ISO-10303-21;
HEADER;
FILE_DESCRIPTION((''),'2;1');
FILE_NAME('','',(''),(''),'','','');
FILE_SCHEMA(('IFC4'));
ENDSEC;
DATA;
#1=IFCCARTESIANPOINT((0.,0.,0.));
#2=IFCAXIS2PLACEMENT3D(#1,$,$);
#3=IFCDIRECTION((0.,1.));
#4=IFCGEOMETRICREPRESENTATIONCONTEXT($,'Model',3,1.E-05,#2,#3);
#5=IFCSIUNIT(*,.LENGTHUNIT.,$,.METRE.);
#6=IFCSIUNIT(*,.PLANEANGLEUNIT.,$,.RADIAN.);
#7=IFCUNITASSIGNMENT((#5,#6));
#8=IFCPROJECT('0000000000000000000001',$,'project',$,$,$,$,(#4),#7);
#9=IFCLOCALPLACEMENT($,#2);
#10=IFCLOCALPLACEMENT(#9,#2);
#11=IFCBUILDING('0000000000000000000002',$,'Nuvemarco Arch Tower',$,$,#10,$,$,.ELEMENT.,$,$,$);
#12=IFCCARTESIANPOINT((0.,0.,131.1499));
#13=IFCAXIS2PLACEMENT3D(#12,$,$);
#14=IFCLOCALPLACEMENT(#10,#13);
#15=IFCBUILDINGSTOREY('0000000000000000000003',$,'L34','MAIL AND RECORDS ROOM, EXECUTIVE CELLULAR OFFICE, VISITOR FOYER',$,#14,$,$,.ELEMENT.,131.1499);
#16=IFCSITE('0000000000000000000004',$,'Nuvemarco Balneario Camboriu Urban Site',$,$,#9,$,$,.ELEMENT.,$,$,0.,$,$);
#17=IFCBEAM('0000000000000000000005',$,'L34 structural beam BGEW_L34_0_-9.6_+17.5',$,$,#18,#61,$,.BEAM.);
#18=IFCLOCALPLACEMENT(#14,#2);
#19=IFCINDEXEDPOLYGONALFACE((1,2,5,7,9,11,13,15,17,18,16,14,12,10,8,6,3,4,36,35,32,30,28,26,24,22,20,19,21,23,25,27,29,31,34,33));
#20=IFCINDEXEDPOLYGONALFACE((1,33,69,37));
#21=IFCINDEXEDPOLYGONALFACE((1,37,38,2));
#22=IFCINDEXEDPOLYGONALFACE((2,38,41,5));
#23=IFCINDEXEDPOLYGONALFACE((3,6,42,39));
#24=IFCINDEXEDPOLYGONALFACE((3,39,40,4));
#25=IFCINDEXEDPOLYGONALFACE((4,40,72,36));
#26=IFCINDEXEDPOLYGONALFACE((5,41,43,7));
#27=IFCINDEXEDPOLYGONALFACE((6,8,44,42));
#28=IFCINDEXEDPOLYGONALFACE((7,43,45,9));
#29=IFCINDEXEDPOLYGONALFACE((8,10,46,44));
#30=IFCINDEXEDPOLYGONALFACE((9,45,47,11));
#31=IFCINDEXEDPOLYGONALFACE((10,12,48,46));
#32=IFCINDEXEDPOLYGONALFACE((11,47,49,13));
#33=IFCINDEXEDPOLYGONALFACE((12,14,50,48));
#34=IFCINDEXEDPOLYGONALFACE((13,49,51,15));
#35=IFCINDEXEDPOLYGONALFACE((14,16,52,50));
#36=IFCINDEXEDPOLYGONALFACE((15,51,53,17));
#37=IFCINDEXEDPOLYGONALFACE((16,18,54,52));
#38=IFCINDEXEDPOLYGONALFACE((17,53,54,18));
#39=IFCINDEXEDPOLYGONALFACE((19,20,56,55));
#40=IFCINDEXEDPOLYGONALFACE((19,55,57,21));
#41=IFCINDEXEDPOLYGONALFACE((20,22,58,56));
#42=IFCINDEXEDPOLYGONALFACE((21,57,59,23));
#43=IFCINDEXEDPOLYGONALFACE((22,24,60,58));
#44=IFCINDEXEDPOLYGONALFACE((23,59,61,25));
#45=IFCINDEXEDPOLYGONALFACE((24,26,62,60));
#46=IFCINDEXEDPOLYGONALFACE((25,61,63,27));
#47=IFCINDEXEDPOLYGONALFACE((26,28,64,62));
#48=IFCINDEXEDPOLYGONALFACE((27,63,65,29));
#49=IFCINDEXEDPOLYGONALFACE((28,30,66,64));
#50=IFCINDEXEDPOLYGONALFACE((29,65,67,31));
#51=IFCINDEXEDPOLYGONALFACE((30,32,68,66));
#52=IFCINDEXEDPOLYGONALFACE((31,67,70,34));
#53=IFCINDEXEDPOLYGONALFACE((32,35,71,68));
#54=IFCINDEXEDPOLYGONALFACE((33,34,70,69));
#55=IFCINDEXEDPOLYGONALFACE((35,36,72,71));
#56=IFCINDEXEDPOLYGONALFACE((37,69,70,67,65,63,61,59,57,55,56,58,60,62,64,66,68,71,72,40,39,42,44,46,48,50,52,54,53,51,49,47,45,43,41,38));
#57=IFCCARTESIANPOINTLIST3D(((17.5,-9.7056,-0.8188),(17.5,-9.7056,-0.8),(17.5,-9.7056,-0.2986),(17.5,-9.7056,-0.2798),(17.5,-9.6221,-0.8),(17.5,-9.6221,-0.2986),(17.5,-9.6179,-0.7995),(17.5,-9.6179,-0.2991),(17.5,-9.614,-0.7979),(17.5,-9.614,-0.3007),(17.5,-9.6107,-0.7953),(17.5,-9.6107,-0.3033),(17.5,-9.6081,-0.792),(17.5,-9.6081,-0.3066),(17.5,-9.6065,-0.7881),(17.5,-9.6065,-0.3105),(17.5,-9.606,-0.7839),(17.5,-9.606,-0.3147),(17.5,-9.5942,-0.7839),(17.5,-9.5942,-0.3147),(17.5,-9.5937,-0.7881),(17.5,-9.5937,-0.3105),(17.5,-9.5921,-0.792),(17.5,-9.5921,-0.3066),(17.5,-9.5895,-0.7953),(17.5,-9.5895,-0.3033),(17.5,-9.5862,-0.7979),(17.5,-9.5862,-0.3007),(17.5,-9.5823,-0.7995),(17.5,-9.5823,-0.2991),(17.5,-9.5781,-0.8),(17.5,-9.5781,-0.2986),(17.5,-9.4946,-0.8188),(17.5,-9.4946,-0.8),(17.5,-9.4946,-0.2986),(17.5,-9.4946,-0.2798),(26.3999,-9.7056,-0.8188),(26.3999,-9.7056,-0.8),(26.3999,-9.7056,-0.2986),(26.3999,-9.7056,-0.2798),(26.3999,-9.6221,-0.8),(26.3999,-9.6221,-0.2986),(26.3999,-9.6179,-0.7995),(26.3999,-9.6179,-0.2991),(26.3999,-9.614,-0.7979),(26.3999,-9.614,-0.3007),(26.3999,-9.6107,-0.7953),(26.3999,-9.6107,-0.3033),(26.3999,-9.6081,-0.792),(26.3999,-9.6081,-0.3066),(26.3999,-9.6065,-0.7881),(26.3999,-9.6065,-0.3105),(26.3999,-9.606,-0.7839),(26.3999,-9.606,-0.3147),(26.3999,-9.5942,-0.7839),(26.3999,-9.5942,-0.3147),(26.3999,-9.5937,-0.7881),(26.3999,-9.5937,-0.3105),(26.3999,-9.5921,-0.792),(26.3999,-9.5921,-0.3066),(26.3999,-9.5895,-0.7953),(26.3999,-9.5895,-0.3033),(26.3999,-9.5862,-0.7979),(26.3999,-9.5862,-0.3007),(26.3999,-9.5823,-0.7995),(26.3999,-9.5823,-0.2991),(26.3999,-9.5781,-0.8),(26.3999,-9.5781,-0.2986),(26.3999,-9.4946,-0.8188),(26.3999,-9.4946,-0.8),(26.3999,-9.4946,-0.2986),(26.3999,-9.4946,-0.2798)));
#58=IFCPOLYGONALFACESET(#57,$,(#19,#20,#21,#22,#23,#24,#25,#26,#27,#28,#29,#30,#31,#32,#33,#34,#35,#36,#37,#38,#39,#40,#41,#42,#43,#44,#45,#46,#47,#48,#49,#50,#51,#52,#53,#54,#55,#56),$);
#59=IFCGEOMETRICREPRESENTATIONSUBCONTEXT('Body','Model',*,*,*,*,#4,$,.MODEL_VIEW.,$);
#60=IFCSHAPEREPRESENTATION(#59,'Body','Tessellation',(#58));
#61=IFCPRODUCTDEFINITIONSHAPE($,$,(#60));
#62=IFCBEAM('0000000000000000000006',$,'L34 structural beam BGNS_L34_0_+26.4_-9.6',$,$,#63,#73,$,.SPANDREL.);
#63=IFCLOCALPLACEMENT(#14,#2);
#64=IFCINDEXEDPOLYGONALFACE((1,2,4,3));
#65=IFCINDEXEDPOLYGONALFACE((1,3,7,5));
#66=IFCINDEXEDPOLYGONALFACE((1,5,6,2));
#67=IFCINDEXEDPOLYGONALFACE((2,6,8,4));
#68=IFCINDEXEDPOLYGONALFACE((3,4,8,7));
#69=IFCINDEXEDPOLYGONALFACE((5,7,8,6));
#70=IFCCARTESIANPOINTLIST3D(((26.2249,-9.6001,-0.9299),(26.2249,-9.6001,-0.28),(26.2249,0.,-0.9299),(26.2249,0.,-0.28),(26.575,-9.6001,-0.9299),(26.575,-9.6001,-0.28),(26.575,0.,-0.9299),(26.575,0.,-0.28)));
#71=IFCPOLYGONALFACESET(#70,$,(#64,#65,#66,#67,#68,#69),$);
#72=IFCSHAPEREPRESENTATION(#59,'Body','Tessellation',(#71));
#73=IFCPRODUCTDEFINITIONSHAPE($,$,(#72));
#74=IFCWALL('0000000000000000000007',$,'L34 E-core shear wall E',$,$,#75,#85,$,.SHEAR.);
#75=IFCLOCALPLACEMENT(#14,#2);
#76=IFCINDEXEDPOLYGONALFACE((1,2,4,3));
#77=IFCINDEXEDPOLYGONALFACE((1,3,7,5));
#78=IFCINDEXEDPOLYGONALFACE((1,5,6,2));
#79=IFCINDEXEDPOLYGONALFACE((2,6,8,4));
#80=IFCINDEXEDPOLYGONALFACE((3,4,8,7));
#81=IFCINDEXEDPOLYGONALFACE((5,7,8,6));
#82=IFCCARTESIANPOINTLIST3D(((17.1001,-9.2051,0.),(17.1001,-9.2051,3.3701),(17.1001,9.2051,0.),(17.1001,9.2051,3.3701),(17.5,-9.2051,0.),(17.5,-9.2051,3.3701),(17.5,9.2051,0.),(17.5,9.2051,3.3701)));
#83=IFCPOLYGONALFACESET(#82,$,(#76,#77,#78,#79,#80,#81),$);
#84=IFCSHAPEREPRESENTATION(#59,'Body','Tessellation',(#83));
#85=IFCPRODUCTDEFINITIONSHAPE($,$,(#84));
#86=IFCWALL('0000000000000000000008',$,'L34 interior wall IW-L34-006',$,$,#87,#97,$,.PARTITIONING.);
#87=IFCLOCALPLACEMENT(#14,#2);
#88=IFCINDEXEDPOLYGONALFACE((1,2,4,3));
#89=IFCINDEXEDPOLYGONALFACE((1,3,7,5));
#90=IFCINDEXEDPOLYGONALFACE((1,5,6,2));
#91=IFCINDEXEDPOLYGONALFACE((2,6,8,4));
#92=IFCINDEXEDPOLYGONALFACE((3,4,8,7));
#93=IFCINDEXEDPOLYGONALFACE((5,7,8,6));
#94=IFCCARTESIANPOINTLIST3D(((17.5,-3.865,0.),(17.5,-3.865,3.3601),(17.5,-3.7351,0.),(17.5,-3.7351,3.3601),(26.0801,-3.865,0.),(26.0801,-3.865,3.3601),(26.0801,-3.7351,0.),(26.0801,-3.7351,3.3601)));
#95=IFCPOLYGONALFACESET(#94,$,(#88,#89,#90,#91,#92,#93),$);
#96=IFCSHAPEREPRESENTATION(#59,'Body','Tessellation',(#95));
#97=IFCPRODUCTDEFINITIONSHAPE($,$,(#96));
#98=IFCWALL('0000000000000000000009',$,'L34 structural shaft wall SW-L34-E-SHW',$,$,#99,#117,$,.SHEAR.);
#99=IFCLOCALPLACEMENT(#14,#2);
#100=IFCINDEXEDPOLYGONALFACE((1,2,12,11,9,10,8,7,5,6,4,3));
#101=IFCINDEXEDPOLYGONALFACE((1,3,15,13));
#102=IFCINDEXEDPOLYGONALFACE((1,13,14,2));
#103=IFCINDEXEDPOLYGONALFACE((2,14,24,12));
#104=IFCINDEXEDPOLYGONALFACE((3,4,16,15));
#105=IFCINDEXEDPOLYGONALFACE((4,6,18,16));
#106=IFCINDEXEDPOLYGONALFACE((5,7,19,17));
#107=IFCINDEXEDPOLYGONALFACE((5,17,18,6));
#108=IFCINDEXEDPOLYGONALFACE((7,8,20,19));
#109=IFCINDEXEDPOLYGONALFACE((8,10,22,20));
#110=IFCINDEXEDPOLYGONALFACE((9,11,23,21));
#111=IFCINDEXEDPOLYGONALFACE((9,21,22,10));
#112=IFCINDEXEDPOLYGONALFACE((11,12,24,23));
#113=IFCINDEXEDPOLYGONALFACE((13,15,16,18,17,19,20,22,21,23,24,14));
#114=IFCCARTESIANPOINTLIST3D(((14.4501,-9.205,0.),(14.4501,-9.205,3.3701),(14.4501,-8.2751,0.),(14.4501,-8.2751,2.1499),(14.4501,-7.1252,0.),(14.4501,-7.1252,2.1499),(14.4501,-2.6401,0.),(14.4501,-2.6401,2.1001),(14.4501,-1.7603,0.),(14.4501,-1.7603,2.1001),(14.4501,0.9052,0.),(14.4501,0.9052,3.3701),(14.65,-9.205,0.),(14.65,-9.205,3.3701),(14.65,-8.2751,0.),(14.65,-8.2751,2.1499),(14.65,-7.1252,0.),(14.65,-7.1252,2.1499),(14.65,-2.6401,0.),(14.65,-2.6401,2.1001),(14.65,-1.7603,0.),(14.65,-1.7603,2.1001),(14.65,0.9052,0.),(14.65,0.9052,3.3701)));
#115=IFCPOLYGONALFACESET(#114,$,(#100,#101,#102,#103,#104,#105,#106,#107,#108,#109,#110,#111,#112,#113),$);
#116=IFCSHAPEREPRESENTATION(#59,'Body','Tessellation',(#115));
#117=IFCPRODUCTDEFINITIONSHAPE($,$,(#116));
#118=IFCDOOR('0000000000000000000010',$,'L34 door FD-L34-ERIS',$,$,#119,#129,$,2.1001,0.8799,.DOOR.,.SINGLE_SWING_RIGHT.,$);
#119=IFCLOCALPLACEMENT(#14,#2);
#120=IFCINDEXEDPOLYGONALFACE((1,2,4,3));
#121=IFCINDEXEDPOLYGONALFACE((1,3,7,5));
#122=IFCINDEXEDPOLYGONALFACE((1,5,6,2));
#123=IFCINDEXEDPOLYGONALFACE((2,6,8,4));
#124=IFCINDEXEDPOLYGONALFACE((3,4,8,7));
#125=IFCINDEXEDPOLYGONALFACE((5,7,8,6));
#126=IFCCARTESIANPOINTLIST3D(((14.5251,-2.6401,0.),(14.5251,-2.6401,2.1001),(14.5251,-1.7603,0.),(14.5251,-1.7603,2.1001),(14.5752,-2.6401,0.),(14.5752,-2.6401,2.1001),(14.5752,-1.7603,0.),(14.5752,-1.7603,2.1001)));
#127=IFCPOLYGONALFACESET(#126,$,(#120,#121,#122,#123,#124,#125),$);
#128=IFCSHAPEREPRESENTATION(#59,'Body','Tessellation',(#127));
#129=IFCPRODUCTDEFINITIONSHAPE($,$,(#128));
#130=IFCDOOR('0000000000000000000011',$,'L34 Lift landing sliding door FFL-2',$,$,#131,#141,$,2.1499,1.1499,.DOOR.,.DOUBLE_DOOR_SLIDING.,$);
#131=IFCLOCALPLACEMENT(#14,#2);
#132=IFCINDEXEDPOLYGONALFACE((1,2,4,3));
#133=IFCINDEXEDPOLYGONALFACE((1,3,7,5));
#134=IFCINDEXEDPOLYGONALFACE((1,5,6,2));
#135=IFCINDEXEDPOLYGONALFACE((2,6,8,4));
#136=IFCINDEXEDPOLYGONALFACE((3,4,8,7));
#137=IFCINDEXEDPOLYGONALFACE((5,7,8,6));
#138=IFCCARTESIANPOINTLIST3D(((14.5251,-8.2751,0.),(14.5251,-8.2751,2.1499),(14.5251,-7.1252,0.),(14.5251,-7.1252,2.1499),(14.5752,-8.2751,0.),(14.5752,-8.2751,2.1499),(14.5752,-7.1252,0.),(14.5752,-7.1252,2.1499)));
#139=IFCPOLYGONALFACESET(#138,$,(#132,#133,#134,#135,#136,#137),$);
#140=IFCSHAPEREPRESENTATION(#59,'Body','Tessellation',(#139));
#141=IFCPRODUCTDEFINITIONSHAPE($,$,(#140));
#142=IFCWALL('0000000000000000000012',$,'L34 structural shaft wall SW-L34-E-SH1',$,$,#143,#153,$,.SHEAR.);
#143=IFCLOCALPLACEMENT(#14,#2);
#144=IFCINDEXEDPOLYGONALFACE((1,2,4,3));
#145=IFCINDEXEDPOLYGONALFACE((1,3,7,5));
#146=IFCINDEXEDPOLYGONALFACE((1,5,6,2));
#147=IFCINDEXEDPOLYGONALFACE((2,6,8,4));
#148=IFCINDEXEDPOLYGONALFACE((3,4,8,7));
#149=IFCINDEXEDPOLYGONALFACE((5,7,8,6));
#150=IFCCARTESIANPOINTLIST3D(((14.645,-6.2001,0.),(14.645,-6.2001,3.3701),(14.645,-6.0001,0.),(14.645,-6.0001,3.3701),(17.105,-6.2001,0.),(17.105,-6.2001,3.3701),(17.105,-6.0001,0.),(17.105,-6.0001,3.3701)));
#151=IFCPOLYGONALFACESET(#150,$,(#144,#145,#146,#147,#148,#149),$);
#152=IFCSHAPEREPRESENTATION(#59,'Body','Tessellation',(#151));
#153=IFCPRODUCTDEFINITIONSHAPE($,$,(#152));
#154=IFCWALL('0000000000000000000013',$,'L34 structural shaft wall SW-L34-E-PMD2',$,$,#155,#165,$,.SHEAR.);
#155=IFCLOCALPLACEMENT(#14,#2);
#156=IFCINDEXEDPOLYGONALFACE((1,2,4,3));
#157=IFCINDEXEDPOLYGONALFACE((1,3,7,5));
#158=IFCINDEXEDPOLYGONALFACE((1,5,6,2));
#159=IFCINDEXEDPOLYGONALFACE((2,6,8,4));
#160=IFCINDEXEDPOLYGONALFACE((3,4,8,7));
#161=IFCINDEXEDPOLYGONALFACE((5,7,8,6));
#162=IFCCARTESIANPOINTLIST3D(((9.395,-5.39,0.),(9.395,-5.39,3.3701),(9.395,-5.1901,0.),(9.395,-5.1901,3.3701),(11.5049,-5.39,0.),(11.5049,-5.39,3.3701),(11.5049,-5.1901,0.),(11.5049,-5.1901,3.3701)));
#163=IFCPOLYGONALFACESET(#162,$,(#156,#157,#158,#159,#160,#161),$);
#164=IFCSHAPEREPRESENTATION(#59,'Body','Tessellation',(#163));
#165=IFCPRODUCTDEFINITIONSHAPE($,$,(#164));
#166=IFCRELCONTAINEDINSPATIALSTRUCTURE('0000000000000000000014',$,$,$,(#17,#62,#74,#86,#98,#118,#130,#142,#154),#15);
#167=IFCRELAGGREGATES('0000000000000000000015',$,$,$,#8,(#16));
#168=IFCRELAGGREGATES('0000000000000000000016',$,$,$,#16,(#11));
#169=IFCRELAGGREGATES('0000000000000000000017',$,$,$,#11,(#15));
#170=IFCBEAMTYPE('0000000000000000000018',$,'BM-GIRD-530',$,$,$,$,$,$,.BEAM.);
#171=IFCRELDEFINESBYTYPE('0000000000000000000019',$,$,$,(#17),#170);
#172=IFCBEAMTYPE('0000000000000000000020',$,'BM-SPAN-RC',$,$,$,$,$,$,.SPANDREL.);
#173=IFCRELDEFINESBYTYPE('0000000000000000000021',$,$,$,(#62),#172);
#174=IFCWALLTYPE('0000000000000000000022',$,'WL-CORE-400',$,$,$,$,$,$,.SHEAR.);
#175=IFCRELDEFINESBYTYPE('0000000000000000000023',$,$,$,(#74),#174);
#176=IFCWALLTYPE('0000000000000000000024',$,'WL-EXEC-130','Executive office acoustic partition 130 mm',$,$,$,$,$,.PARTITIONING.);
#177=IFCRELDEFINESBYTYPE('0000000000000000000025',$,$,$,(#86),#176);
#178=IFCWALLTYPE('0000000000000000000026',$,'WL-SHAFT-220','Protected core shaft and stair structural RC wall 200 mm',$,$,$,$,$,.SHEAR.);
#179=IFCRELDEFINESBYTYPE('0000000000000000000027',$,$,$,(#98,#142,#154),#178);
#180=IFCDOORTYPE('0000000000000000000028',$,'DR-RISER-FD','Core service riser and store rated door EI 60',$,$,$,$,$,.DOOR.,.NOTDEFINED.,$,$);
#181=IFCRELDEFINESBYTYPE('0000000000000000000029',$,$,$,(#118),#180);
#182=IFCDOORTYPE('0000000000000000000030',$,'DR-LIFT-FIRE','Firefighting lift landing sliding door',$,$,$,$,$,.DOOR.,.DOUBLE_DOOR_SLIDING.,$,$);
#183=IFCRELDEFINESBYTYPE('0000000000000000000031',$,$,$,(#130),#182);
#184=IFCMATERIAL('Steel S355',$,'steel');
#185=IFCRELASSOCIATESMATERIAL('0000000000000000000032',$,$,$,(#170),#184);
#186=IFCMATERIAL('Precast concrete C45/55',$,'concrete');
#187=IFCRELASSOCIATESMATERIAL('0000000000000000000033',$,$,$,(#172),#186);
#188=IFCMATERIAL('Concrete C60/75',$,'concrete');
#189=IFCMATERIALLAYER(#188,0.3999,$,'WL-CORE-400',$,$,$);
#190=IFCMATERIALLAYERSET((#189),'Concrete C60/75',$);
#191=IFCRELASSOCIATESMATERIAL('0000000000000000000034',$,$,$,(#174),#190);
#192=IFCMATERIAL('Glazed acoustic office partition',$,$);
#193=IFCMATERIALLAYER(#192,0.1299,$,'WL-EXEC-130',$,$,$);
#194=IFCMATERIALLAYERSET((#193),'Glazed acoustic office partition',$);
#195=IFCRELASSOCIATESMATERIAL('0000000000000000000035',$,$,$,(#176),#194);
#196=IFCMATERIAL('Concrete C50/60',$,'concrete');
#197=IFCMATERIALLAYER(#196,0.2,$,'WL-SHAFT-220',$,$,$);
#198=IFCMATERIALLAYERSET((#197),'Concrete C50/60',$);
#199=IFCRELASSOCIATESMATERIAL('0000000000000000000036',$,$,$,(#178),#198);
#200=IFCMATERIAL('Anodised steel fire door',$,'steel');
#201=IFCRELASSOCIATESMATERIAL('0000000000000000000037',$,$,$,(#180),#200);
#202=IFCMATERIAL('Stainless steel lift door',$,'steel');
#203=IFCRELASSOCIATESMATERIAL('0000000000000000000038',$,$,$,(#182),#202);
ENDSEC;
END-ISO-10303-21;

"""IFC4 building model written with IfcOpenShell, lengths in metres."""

from ifc_helpers import new_model, si_unit, direction, frame, frame_2d, origin, origin_2d, place, context, subcontext, project, spatial, rectangle, i_section, extrude, source, transform, mapped, material, layer, layer_set, material_profile, profile_set, type_object, type_shapes, element, fill, save


model = new_model("IFC4")

# Units and contexts
model_context = context("Model", 3, precision=1e-05, world=origin(), true_north=direction((0.0, 1.0)))
body_context = subcontext(model_context, "Body", "Model", "MODEL_VIEW")
ifc_project = project(units=[si_unit("LENGTHUNIT", "METRE"), si_unit("PLANEANGLEUNIT", "RADIAN")], contexts=[model_context])

# Site, building, storey
site_placement = place(None, origin())
site = spatial("IfcSite", under=ifc_project, at=site_placement, Name="Nuvemarco Balneario Camboriu Urban Site", CompositionType="ELEMENT", RefElevation=0.0)
building_placement = place(site_placement, origin())
building = spatial("IfcBuilding", under=site, at=building_placement, Name="Nuvemarco Arch Tower", CompositionType="ELEMENT")
storey_placement = place(building_placement, frame((0.0, 0.0, 131.1499)))
storey = spatial("IfcBuildingStorey", under=building, at=storey_placement, Name="L34", Description="MAIL AND RECORDS ROOM, EXECUTIVE CELLULAR OFFICE, VISITOR FOYER", CompositionType="ELEMENT", Elevation=131.1499)

# Shared definitions
ifc_material_1 = material(Name="Concrete C50/60", Category="concrete")
ifc_material_2 = material(Name="Steel S355", Category="steel")

# Beams
ifc_material_profile_1 = material_profile(ifc_material_2, i_section(OverallWidth=0.2109, OverallDepth=0.5391, WebThickness=0.0117, FlangeThickness=0.0188, FilletRadius=0.0161, at=origin_2d()), Name="W530x109")
ifc_profile_set_1 = profile_set([ifc_material_profile_1], Name="Steel S355")
beam_type_1 = type_object("IfcBeamType", Name="BM-GIRD-530", PredefinedType="BEAM", material=ifc_profile_set_1)
beam_1_placement = place(storey_placement, frame((17.5, -9.6001, -0.5493), z_axis=(1.0, 0.0, 0.0), x_axis=(0.0, 1.0, 0.0)))
element("IfcBeam", 1, at=beam_1_placement, inside=storey, type_object=beam_type_1, Name="L34 structural beam BGEW_L34_0_-9.6_+17.5", PredefinedType="BEAM", context=body_context, shape_type="SweptSolid", body=[
    extrude(i_section(OverallWidth=0.2109, OverallDepth=0.5391, WebThickness=0.0117, FlangeThickness=0.0188, FilletRadius=0.0161, at=origin_2d()), origin(), (0.0, 0.0, 1.0), 8.8999),
])
ifc_material_3 = material(Name="Precast concrete C45/55", Category="concrete")
ifc_material_profile_2 = material_profile(ifc_material_3, rectangle(XDim=0.3501, YDim=0.6499, at=origin_2d()), Name="PC-SP-350x650")
ifc_profile_set_2 = profile_set([ifc_material_profile_2], Name="Precast concrete C45/55")
beam_type_2 = type_object("IfcBeamType", Name="BM-SPAN-RC", PredefinedType="SPANDREL", material=ifc_profile_set_2)
beam_2_placement = place(storey_placement, frame((26.3999, -9.6001, -0.605), z_axis=(0.0, 1.0, 0.0), x_axis=(-1.0, 0.0, 0.0)))
element("IfcBeam", 2, at=beam_2_placement, inside=storey, type_object=beam_type_2, Name="L34 structural beam BGNS_L34_0_+26.4_-9.6", PredefinedType="SPANDREL", context=body_context, shape_type="SweptSolid", body=[
    extrude(rectangle(XDim=0.3501, YDim=0.6499, at=origin_2d()), origin(), (0.0, 0.0, 1.0), 9.6001),
])

# Walls
ifc_material_4 = material(Name="Concrete C60/75", Category="concrete")
ifc_layer_1 = layer(ifc_material_4, 0.3999, Name="WL-CORE-400")
ifc_layer_set_1 = layer_set([ifc_layer_1], Name="Concrete C60/75")
wall_type_1 = type_object("IfcWallType", Name="WL-CORE-400", PredefinedType="SHEAR", material=ifc_layer_set_1)
wall_1_placement = place(storey_placement, frame((17.3, -9.2051, 0.0), z_axis=(0.0, 0.0, 1.0), x_axis=(0.0, 1.0, 0.0)))
element("IfcWall", 3, at=wall_1_placement, inside=storey, type_object=wall_type_1, Name="L34 E-core shear wall E", PredefinedType="SHEAR", context=body_context, shape_type="SweptSolid", body=[
    extrude(rectangle(XDim=18.4102, YDim=0.3999, at=frame_2d((9.2051, 0.0))), origin(), (0.0, 0.0, 1.0), 3.3701),
])
ifc_material_5 = material(Name="Glazed acoustic office partition")
ifc_layer_2 = layer(ifc_material_5, 0.1299, Name="WL-EXEC-130")
ifc_layer_set_2 = layer_set([ifc_layer_2], Name="Glazed acoustic office partition")
wall_type_2 = type_object("IfcWallType", Name="WL-EXEC-130", Description="Executive office acoustic partition 130 mm", PredefinedType="PARTITIONING", material=ifc_layer_set_2)
wall_2_placement = place(storey_placement, frame((17.5, -3.8, 0.0), z_axis=(0.0, 0.0, 1.0), x_axis=(1.0, 0.0, 0.0)))
element("IfcWall", 4, at=wall_2_placement, inside=storey, type_object=wall_type_2, Name="L34 interior wall IW-L34-006", PredefinedType="PARTITIONING", context=body_context, shape_type="SweptSolid", body=[
    extrude(rectangle(XDim=8.5801, YDim=0.1299, at=frame_2d((4.29, 0.0))), origin(), (0.0, 0.0, 1.0), 3.3601),
])

# Wall, openings, doors
ifc_layer_3 = layer(ifc_material_1, 0.2, Name="WL-SHAFT-220")
ifc_layer_set_3 = layer_set([ifc_layer_3], Name="Concrete C50/60")
wall_type_3 = type_object("IfcWallType", Name="WL-SHAFT-220", Description="Protected core shaft and stair structural RC wall 200 mm", PredefinedType="SHEAR", material=ifc_layer_set_3)
wall_3_placement = place(storey_placement, frame((14.55, -9.2051, 0.0), z_axis=(0.0, 0.0, 1.0), x_axis=(0.0, 1.0, 0.0)))
wall_3 = element("IfcWall", 5, at=wall_3_placement, inside=storey, type_object=wall_type_3, Name="L34 structural shaft wall SW-L34-E-SHW", PredefinedType="SHEAR", context=body_context, shape_type="SweptSolid", body=[
    extrude(rectangle(XDim=10.1101, YDim=0.2, at=frame_2d((5.0552, 0.0))), origin(), (0.0, 0.0, 1.0), 3.3701),
])
opening_1_placement = place(wall_3_placement, frame((6.5649, 0.0, 0.0)))
opening_1 = element("IfcOpeningElement", 6, at=opening_1_placement, cuts=wall_3, PredefinedType="OPENING", context=body_context, shape_type="SweptSolid", body=[
    extrude(rectangle(XDim=0.8799, YDim=2.1001, at=frame_2d((0.4399, 1.05))), frame((0.0, 0.1099, 0.0), z_axis=(0.0, -1.0, 0.0), x_axis=(1.0, 0.0, 0.0)), (0.0, 0.0, 1.0), 0.22),
])
opening_2_placement = place(wall_3_placement, frame((0.9299, 0.0, 0.0)))
opening_2 = element("IfcOpeningElement", 7, at=opening_2_placement, cuts=wall_3, PredefinedType="OPENING", context=body_context, shape_type="SweptSolid", body=[
    extrude(rectangle(XDim=1.1499, YDim=2.1499, at=frame_2d((0.575, 1.075))), frame((0.0, 0.1099, 0.0), z_axis=(0.0, -1.0, 0.0), x_axis=(1.0, 0.0, 0.0)), (0.0, 0.0, 1.0), 0.22),
])
ifc_material_6 = material(Name="Anodised steel fire door", Category="steel")
door_type_1 = type_object("IfcDoorType", Name="DR-RISER-FD", Description="Core service riser and store rated door EI 60", OperationType="NOTDEFINED", PredefinedType="DOOR", material=ifc_material_6)
shared_shape_1 = source(origin(), body_context, "Body", "SweptSolid", [
    extrude(rectangle(XDim=0.8799, YDim=2.1001, at=frame_2d((0.4399, 1.05))), frame((0.0, 0.0249, 0.0), z_axis=(0.0, -1.0, 0.0), x_axis=(1.0, 0.0, 0.0)), (0.0, 0.0, 1.0), 0.05),
])
type_shapes(door_type_1, [shared_shape_1])
door_1_placement = place(opening_1_placement, origin())
door_1 = element("IfcDoor", 8, at=door_1_placement, inside=storey, type_object=door_type_1, Name="L34 door FD-L34-ERIS", OperationType="SINGLE_SWING_RIGHT", OverallHeight=2.1001, OverallWidth=0.8799, PredefinedType="DOOR", context=body_context, shape_type="MappedRepresentation", body=[
    mapped(shared_shape_1, transform((0.0, 0.0, 0.0), scale=1.0)),
])
fill(opening_1, door_1)
ifc_material_7 = material(Name="Stainless steel lift door", Category="steel")
door_type_2 = type_object("IfcDoorType", Name="DR-LIFT-FIRE", Description="Firefighting lift landing sliding door", OperationType="DOUBLE_DOOR_SLIDING", PredefinedType="DOOR", material=ifc_material_7)
shared_shape_2 = source(origin(), body_context, "Body", "SweptSolid", [
    extrude(rectangle(XDim=1.1499, YDim=2.1499, at=frame_2d((0.575, 1.075))), frame((0.0, 0.0249, 0.0), z_axis=(0.0, -1.0, 0.0), x_axis=(1.0, 0.0, 0.0)), (0.0, 0.0, 1.0), 0.05),
])
type_shapes(door_type_2, [shared_shape_2])
door_2_placement = place(opening_2_placement, origin())
door_2 = element("IfcDoor", 9, at=door_2_placement, inside=storey, type_object=door_type_2, Name="L34 Lift landing sliding door FFL-2", OperationType="DOUBLE_DOOR_SLIDING", OverallHeight=2.1499, OverallWidth=1.1499, PredefinedType="DOOR", context=body_context, shape_type="MappedRepresentation", body=[
    mapped(shared_shape_2, transform((0.0, 0.0, 0.0), scale=1.0)),
])
fill(opening_2, door_2)

# Wall
wall_4_placement = place(storey_placement, frame((14.645, -6.1001, 0.0), z_axis=(0.0, 0.0, 1.0), x_axis=(1.0, 0.0, 0.0)))
element("IfcWall", 10, at=wall_4_placement, inside=storey, type_object=wall_type_3, Name="L34 structural shaft wall SW-L34-E-SH1", PredefinedType="SHEAR", context=body_context, shape_type="SweptSolid", body=[
    extrude(rectangle(XDim=2.46, YDim=0.2, at=frame_2d((1.23, 0.0))), origin(), (0.0, 0.0, 1.0), 3.3701),
])

# Wall
for number, where, z_axis, x_axis, name in (
    (11, (9.395, -5.29, 0.0), (0.0, 0.0, 1.0), (1.0, 0.0, 0.0), "L34 structural shaft wall SW-L34-E-PMD2"),
):
    element("IfcWall", number, at=place(storey_placement, frame(where, z_axis=z_axis, x_axis=x_axis)), inside=storey, type_object=wall_type_3, Name=name, PredefinedType="SHEAR", context=body_context, shape_type="SweptSolid", body=[
        extrude(rectangle(XDim=2.1099, YDim=0.2, at=frame_2d((1.0549, 0.0))), origin(), (0.0, 0.0, 1.0), 3.3701),
    ])

save(model, "model.ifc")
